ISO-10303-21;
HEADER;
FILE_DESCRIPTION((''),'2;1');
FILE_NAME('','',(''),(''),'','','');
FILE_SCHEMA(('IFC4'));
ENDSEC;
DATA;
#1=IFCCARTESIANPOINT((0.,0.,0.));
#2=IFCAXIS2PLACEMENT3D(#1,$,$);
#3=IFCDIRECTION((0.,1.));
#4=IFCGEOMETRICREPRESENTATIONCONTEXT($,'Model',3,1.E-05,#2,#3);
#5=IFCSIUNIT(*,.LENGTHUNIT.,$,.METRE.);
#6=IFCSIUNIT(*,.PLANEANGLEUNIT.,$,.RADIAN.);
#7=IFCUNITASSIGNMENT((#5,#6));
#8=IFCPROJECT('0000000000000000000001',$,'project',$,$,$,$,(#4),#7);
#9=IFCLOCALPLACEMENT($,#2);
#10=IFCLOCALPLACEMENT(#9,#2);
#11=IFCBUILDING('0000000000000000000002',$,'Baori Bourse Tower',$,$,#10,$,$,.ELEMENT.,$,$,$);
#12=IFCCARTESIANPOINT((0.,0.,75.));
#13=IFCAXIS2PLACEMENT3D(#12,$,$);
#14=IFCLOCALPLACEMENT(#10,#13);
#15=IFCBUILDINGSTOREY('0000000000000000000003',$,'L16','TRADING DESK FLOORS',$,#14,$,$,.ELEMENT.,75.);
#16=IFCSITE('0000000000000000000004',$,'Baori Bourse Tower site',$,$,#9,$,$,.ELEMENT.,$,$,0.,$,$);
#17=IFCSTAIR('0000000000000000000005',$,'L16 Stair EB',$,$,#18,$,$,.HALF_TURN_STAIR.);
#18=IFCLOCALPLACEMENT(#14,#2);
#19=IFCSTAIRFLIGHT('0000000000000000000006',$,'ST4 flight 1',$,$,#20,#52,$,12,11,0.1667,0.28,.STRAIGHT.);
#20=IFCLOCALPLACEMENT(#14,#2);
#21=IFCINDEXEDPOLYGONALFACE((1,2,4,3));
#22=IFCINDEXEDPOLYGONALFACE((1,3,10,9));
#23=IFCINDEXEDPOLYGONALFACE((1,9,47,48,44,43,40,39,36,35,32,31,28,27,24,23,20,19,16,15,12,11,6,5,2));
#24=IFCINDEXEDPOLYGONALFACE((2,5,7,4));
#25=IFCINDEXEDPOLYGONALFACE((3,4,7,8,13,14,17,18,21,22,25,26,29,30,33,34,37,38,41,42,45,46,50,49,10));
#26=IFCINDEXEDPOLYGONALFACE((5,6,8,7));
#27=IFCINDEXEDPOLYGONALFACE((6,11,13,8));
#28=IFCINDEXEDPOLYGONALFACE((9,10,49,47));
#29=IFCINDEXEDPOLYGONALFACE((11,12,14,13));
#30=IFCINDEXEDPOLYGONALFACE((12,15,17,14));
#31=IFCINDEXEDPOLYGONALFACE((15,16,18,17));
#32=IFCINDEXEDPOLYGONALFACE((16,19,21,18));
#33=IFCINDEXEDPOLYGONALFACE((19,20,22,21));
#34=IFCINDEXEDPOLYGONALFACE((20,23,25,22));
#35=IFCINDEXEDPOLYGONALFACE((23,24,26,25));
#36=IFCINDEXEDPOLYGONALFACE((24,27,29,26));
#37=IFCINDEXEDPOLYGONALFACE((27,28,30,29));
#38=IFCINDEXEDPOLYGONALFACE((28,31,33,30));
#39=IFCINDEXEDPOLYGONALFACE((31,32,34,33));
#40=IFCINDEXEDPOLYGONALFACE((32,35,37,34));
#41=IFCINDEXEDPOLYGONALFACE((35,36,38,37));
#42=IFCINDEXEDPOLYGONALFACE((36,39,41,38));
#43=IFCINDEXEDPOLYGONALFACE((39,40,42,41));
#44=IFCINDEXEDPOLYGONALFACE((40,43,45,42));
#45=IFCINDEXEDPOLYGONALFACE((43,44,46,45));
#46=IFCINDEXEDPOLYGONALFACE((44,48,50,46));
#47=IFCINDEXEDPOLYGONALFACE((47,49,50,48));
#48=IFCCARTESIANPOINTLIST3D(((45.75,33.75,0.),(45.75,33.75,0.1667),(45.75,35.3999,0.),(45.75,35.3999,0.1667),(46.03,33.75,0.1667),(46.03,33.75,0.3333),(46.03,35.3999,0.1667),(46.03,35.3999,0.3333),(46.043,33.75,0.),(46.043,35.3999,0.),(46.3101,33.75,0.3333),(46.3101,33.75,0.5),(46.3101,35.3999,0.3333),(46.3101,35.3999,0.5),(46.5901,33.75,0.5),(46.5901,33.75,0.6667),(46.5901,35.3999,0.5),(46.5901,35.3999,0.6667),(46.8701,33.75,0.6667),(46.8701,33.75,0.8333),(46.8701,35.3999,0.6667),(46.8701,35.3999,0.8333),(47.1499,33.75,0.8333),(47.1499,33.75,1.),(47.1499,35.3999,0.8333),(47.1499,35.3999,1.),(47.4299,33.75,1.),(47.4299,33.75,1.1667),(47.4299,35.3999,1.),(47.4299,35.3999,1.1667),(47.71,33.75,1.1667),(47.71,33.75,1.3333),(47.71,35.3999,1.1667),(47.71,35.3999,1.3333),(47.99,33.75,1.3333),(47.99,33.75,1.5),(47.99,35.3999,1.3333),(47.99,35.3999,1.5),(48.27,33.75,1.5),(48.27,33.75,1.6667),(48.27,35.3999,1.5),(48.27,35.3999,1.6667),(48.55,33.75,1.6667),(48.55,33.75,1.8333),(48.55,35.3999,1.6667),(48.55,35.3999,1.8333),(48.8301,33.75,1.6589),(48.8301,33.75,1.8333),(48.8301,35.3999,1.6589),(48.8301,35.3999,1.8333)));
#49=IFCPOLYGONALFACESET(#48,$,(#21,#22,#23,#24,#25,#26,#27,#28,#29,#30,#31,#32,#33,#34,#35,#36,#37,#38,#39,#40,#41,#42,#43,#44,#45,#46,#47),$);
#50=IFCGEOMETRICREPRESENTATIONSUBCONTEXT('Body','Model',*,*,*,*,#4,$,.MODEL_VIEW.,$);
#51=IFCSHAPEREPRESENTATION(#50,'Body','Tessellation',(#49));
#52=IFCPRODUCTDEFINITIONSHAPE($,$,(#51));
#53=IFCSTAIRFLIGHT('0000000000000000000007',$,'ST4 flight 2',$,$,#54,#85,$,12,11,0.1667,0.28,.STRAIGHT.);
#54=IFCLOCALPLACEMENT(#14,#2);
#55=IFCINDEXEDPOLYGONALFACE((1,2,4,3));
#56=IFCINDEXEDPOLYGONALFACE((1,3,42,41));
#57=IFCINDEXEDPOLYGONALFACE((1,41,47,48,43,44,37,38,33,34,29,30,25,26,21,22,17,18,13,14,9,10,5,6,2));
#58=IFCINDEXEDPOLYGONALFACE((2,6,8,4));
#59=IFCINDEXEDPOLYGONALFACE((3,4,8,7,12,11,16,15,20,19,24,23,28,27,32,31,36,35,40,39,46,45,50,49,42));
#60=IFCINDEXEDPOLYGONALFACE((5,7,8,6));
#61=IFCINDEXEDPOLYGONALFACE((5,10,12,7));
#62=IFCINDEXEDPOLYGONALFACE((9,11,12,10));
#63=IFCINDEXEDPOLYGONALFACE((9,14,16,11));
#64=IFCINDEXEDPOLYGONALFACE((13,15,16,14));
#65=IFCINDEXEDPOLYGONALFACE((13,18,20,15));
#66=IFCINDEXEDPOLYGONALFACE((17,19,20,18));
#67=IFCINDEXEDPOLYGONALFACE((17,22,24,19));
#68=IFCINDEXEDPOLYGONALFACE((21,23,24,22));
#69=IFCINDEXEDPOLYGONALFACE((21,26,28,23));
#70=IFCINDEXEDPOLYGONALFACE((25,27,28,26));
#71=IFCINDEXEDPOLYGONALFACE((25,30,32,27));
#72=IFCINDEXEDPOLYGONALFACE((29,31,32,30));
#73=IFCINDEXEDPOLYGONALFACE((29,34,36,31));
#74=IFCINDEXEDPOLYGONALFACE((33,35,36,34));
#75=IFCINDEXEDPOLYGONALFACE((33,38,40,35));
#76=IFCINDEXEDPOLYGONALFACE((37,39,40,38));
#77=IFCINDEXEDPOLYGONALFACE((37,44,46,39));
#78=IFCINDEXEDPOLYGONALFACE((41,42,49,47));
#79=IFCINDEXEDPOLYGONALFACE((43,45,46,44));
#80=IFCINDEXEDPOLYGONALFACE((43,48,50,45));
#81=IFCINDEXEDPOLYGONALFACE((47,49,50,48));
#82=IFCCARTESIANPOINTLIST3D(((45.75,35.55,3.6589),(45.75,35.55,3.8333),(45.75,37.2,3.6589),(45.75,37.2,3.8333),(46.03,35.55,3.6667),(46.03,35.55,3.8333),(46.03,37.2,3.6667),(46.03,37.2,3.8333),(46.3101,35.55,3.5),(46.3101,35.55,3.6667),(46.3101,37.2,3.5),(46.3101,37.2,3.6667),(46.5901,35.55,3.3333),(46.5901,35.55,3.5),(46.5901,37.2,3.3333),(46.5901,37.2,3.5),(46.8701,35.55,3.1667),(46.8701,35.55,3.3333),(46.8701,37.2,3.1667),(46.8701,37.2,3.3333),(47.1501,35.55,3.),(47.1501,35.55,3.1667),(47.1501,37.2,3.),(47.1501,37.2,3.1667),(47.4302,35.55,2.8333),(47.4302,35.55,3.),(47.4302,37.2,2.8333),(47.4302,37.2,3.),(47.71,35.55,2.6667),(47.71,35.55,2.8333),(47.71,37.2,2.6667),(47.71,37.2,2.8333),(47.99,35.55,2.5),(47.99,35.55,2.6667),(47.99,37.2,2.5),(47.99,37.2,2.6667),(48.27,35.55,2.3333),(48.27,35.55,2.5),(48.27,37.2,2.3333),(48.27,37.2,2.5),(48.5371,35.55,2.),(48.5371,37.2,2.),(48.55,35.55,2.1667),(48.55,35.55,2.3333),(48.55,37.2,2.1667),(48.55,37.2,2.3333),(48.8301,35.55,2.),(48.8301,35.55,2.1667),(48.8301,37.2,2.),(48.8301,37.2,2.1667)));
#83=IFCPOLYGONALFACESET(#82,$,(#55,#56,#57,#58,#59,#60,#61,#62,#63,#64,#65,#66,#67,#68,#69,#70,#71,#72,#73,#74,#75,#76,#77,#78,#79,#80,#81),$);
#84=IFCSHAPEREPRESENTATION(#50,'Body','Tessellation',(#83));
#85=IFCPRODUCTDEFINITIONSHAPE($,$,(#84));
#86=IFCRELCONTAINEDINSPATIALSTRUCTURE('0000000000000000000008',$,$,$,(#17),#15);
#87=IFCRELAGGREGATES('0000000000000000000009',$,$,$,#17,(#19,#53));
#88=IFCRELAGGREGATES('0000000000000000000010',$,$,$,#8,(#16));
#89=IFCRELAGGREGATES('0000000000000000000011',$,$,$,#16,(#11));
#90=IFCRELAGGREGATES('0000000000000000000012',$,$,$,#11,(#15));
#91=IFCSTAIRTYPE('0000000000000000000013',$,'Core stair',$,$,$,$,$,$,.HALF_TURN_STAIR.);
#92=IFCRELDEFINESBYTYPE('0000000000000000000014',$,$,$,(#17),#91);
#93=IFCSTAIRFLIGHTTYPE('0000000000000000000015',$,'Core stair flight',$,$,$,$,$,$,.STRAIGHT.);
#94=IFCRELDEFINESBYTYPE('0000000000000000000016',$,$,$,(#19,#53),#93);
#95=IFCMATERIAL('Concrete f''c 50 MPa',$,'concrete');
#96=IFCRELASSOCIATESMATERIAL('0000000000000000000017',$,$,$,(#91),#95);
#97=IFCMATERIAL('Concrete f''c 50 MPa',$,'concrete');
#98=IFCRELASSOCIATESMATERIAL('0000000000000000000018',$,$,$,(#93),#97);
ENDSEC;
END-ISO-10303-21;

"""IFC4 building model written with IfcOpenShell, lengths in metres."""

from ifc_helpers import new_model, si_unit, direction, frame, origin, place, context, subcontext, project, spatial, polyline, outline, extrude, material, type_object, element, aggregate, save


model = new_model("IFC4")

# Units and contexts
model_context = context("Model", 3, precision=1e-05, world=origin(), true_north=direction((0.0, 1.0)))
body_context = subcontext(model_context, "Body", "Model", "MODEL_VIEW")
ifc_project = project(units=[si_unit("LENGTHUNIT", "METRE"), si_unit("PLANEANGLEUNIT", "RADIAN")], contexts=[model_context])

# Site, building, storey
site_placement = place(None, origin())
site = spatial("IfcSite", under=ifc_project, at=site_placement, Name="Baori Bourse Tower site", CompositionType="ELEMENT", RefElevation=0.0)
building_placement = place(site_placement, origin())
building = spatial("IfcBuilding", under=site, at=building_placement, Name="Baori Bourse Tower", CompositionType="ELEMENT")
storey_placement = place(building_placement, frame((0.0, 0.0, 75.0)))
storey = spatial("IfcBuildingStorey", under=building, at=storey_placement, Name="L16", Description="TRADING DESK FLOORS", CompositionType="ELEMENT", Elevation=75.0)

# Stair, stair flights
ifc_material_1 = material(Name="Concrete f'c 50 MPa", Category="concrete")
stair_type = type_object("IfcStairType", Name="Core stair", PredefinedType="HALF_TURN_STAIR", material=ifc_material_1)
stair_placement = place(storey_placement, origin())
stair = element("IfcStair", 1, at=stair_placement, inside=storey, type_object=stair_type, Name="L16 Stair EB", PredefinedType="HALF_TURN_STAIR")
ifc_material_2 = material(Name="Concrete f'c 50 MPa", Category="concrete")
stair_flight_type = type_object("IfcStairFlightType", Name="Core stair flight", PredefinedType="STRAIGHT", material=ifc_material_2)
stair_flight_1_placement = place(storey_placement, frame((45.75, 34.575, 0.0), z_axis=(0.0, 0.0, 1.0), x_axis=(1.0, 0.0, 0.0)))
stair_flight_1 = element("IfcStairFlight", 2, at=stair_flight_1_placement, type_object=stair_flight_type, Name="ST4 flight 1", NumberOfRisers=12, NumberOfTreads=11, PredefinedType="STRAIGHT", RiserHeight=0.1667, TreadLength=0.28, context=body_context, shape_type="SweptSolid", body=[
    extrude(outline(polyline([(0.0, 0.0), (0.0, 0.1667), (0.28, 0.1667), (0.28, 0.3333), (0.5601, 0.3333), (0.5601, 0.5), (0.8401, 0.5), (0.8401, 0.6667), (1.1201, 0.6667), (1.1201, 0.8333), (1.3999, 0.8333), (1.3999, 1.0), (1.6799, 1.0), (1.6799, 1.1667), (1.96, 1.1667), (1.96, 1.3333), (2.24, 1.3333), (2.24, 1.5), (2.52, 1.5), (2.52, 1.6667), (2.8, 1.6667), (2.8, 1.8333), (3.0801, 1.8333), (3.0801, 2.0), (3.0801, 1.6589), (0.293, 0.0), (0.0, 0.0)])), frame((0.0, 0.825, 0.0), z_axis=(0.0, -1.0, 0.0), x_axis=(1.0, 0.0, 0.0)), (0.0, 0.0, 1.0), 1.6499),
])
stair_flight_2_placement = place(storey_placement, frame((48.8301, 36.375, 2.0), z_axis=(0.0, 0.0, 1.0), x_axis=(-1.0, 0.0, 0.0)))
stair_flight_2 = element("IfcStairFlight", 3, at=stair_flight_2_placement, type_object=stair_flight_type, Name="ST4 flight 2", NumberOfRisers=12, NumberOfTreads=11, PredefinedType="STRAIGHT", RiserHeight=0.1667, TreadLength=0.28, context=body_context, shape_type="SweptSolid", body=[
    extrude(outline(polyline([(0.0, 0.0), (0.0, 0.1667), (0.28, 0.1667), (0.28, 0.3333), (0.5601, 0.3333), (0.5601, 0.5), (0.8401, 0.5), (0.8401, 0.6667), (1.1201, 0.6667), (1.1201, 0.8333), (1.3999, 0.8333), (1.3999, 1.0), (1.6799, 1.0), (1.6799, 1.1667), (1.96, 1.1667), (1.96, 1.3333), (2.24, 1.3333), (2.24, 1.5), (2.52, 1.5), (2.52, 1.6667), (2.8, 1.6667), (2.8, 1.8333), (3.0801, 1.8333), (3.0801, 2.0), (3.0801, 1.6589), (0.293, 0.0), (0.0, 0.0)])), frame((0.0, 0.825, 0.0), z_axis=(0.0, -1.0, 0.0), x_axis=(1.0, 0.0, 0.0)), (0.0, 0.0, 1.0), 1.6499),
])
aggregate(stair, [stair_flight_1, stair_flight_2])

save(model, "model.ifc")
